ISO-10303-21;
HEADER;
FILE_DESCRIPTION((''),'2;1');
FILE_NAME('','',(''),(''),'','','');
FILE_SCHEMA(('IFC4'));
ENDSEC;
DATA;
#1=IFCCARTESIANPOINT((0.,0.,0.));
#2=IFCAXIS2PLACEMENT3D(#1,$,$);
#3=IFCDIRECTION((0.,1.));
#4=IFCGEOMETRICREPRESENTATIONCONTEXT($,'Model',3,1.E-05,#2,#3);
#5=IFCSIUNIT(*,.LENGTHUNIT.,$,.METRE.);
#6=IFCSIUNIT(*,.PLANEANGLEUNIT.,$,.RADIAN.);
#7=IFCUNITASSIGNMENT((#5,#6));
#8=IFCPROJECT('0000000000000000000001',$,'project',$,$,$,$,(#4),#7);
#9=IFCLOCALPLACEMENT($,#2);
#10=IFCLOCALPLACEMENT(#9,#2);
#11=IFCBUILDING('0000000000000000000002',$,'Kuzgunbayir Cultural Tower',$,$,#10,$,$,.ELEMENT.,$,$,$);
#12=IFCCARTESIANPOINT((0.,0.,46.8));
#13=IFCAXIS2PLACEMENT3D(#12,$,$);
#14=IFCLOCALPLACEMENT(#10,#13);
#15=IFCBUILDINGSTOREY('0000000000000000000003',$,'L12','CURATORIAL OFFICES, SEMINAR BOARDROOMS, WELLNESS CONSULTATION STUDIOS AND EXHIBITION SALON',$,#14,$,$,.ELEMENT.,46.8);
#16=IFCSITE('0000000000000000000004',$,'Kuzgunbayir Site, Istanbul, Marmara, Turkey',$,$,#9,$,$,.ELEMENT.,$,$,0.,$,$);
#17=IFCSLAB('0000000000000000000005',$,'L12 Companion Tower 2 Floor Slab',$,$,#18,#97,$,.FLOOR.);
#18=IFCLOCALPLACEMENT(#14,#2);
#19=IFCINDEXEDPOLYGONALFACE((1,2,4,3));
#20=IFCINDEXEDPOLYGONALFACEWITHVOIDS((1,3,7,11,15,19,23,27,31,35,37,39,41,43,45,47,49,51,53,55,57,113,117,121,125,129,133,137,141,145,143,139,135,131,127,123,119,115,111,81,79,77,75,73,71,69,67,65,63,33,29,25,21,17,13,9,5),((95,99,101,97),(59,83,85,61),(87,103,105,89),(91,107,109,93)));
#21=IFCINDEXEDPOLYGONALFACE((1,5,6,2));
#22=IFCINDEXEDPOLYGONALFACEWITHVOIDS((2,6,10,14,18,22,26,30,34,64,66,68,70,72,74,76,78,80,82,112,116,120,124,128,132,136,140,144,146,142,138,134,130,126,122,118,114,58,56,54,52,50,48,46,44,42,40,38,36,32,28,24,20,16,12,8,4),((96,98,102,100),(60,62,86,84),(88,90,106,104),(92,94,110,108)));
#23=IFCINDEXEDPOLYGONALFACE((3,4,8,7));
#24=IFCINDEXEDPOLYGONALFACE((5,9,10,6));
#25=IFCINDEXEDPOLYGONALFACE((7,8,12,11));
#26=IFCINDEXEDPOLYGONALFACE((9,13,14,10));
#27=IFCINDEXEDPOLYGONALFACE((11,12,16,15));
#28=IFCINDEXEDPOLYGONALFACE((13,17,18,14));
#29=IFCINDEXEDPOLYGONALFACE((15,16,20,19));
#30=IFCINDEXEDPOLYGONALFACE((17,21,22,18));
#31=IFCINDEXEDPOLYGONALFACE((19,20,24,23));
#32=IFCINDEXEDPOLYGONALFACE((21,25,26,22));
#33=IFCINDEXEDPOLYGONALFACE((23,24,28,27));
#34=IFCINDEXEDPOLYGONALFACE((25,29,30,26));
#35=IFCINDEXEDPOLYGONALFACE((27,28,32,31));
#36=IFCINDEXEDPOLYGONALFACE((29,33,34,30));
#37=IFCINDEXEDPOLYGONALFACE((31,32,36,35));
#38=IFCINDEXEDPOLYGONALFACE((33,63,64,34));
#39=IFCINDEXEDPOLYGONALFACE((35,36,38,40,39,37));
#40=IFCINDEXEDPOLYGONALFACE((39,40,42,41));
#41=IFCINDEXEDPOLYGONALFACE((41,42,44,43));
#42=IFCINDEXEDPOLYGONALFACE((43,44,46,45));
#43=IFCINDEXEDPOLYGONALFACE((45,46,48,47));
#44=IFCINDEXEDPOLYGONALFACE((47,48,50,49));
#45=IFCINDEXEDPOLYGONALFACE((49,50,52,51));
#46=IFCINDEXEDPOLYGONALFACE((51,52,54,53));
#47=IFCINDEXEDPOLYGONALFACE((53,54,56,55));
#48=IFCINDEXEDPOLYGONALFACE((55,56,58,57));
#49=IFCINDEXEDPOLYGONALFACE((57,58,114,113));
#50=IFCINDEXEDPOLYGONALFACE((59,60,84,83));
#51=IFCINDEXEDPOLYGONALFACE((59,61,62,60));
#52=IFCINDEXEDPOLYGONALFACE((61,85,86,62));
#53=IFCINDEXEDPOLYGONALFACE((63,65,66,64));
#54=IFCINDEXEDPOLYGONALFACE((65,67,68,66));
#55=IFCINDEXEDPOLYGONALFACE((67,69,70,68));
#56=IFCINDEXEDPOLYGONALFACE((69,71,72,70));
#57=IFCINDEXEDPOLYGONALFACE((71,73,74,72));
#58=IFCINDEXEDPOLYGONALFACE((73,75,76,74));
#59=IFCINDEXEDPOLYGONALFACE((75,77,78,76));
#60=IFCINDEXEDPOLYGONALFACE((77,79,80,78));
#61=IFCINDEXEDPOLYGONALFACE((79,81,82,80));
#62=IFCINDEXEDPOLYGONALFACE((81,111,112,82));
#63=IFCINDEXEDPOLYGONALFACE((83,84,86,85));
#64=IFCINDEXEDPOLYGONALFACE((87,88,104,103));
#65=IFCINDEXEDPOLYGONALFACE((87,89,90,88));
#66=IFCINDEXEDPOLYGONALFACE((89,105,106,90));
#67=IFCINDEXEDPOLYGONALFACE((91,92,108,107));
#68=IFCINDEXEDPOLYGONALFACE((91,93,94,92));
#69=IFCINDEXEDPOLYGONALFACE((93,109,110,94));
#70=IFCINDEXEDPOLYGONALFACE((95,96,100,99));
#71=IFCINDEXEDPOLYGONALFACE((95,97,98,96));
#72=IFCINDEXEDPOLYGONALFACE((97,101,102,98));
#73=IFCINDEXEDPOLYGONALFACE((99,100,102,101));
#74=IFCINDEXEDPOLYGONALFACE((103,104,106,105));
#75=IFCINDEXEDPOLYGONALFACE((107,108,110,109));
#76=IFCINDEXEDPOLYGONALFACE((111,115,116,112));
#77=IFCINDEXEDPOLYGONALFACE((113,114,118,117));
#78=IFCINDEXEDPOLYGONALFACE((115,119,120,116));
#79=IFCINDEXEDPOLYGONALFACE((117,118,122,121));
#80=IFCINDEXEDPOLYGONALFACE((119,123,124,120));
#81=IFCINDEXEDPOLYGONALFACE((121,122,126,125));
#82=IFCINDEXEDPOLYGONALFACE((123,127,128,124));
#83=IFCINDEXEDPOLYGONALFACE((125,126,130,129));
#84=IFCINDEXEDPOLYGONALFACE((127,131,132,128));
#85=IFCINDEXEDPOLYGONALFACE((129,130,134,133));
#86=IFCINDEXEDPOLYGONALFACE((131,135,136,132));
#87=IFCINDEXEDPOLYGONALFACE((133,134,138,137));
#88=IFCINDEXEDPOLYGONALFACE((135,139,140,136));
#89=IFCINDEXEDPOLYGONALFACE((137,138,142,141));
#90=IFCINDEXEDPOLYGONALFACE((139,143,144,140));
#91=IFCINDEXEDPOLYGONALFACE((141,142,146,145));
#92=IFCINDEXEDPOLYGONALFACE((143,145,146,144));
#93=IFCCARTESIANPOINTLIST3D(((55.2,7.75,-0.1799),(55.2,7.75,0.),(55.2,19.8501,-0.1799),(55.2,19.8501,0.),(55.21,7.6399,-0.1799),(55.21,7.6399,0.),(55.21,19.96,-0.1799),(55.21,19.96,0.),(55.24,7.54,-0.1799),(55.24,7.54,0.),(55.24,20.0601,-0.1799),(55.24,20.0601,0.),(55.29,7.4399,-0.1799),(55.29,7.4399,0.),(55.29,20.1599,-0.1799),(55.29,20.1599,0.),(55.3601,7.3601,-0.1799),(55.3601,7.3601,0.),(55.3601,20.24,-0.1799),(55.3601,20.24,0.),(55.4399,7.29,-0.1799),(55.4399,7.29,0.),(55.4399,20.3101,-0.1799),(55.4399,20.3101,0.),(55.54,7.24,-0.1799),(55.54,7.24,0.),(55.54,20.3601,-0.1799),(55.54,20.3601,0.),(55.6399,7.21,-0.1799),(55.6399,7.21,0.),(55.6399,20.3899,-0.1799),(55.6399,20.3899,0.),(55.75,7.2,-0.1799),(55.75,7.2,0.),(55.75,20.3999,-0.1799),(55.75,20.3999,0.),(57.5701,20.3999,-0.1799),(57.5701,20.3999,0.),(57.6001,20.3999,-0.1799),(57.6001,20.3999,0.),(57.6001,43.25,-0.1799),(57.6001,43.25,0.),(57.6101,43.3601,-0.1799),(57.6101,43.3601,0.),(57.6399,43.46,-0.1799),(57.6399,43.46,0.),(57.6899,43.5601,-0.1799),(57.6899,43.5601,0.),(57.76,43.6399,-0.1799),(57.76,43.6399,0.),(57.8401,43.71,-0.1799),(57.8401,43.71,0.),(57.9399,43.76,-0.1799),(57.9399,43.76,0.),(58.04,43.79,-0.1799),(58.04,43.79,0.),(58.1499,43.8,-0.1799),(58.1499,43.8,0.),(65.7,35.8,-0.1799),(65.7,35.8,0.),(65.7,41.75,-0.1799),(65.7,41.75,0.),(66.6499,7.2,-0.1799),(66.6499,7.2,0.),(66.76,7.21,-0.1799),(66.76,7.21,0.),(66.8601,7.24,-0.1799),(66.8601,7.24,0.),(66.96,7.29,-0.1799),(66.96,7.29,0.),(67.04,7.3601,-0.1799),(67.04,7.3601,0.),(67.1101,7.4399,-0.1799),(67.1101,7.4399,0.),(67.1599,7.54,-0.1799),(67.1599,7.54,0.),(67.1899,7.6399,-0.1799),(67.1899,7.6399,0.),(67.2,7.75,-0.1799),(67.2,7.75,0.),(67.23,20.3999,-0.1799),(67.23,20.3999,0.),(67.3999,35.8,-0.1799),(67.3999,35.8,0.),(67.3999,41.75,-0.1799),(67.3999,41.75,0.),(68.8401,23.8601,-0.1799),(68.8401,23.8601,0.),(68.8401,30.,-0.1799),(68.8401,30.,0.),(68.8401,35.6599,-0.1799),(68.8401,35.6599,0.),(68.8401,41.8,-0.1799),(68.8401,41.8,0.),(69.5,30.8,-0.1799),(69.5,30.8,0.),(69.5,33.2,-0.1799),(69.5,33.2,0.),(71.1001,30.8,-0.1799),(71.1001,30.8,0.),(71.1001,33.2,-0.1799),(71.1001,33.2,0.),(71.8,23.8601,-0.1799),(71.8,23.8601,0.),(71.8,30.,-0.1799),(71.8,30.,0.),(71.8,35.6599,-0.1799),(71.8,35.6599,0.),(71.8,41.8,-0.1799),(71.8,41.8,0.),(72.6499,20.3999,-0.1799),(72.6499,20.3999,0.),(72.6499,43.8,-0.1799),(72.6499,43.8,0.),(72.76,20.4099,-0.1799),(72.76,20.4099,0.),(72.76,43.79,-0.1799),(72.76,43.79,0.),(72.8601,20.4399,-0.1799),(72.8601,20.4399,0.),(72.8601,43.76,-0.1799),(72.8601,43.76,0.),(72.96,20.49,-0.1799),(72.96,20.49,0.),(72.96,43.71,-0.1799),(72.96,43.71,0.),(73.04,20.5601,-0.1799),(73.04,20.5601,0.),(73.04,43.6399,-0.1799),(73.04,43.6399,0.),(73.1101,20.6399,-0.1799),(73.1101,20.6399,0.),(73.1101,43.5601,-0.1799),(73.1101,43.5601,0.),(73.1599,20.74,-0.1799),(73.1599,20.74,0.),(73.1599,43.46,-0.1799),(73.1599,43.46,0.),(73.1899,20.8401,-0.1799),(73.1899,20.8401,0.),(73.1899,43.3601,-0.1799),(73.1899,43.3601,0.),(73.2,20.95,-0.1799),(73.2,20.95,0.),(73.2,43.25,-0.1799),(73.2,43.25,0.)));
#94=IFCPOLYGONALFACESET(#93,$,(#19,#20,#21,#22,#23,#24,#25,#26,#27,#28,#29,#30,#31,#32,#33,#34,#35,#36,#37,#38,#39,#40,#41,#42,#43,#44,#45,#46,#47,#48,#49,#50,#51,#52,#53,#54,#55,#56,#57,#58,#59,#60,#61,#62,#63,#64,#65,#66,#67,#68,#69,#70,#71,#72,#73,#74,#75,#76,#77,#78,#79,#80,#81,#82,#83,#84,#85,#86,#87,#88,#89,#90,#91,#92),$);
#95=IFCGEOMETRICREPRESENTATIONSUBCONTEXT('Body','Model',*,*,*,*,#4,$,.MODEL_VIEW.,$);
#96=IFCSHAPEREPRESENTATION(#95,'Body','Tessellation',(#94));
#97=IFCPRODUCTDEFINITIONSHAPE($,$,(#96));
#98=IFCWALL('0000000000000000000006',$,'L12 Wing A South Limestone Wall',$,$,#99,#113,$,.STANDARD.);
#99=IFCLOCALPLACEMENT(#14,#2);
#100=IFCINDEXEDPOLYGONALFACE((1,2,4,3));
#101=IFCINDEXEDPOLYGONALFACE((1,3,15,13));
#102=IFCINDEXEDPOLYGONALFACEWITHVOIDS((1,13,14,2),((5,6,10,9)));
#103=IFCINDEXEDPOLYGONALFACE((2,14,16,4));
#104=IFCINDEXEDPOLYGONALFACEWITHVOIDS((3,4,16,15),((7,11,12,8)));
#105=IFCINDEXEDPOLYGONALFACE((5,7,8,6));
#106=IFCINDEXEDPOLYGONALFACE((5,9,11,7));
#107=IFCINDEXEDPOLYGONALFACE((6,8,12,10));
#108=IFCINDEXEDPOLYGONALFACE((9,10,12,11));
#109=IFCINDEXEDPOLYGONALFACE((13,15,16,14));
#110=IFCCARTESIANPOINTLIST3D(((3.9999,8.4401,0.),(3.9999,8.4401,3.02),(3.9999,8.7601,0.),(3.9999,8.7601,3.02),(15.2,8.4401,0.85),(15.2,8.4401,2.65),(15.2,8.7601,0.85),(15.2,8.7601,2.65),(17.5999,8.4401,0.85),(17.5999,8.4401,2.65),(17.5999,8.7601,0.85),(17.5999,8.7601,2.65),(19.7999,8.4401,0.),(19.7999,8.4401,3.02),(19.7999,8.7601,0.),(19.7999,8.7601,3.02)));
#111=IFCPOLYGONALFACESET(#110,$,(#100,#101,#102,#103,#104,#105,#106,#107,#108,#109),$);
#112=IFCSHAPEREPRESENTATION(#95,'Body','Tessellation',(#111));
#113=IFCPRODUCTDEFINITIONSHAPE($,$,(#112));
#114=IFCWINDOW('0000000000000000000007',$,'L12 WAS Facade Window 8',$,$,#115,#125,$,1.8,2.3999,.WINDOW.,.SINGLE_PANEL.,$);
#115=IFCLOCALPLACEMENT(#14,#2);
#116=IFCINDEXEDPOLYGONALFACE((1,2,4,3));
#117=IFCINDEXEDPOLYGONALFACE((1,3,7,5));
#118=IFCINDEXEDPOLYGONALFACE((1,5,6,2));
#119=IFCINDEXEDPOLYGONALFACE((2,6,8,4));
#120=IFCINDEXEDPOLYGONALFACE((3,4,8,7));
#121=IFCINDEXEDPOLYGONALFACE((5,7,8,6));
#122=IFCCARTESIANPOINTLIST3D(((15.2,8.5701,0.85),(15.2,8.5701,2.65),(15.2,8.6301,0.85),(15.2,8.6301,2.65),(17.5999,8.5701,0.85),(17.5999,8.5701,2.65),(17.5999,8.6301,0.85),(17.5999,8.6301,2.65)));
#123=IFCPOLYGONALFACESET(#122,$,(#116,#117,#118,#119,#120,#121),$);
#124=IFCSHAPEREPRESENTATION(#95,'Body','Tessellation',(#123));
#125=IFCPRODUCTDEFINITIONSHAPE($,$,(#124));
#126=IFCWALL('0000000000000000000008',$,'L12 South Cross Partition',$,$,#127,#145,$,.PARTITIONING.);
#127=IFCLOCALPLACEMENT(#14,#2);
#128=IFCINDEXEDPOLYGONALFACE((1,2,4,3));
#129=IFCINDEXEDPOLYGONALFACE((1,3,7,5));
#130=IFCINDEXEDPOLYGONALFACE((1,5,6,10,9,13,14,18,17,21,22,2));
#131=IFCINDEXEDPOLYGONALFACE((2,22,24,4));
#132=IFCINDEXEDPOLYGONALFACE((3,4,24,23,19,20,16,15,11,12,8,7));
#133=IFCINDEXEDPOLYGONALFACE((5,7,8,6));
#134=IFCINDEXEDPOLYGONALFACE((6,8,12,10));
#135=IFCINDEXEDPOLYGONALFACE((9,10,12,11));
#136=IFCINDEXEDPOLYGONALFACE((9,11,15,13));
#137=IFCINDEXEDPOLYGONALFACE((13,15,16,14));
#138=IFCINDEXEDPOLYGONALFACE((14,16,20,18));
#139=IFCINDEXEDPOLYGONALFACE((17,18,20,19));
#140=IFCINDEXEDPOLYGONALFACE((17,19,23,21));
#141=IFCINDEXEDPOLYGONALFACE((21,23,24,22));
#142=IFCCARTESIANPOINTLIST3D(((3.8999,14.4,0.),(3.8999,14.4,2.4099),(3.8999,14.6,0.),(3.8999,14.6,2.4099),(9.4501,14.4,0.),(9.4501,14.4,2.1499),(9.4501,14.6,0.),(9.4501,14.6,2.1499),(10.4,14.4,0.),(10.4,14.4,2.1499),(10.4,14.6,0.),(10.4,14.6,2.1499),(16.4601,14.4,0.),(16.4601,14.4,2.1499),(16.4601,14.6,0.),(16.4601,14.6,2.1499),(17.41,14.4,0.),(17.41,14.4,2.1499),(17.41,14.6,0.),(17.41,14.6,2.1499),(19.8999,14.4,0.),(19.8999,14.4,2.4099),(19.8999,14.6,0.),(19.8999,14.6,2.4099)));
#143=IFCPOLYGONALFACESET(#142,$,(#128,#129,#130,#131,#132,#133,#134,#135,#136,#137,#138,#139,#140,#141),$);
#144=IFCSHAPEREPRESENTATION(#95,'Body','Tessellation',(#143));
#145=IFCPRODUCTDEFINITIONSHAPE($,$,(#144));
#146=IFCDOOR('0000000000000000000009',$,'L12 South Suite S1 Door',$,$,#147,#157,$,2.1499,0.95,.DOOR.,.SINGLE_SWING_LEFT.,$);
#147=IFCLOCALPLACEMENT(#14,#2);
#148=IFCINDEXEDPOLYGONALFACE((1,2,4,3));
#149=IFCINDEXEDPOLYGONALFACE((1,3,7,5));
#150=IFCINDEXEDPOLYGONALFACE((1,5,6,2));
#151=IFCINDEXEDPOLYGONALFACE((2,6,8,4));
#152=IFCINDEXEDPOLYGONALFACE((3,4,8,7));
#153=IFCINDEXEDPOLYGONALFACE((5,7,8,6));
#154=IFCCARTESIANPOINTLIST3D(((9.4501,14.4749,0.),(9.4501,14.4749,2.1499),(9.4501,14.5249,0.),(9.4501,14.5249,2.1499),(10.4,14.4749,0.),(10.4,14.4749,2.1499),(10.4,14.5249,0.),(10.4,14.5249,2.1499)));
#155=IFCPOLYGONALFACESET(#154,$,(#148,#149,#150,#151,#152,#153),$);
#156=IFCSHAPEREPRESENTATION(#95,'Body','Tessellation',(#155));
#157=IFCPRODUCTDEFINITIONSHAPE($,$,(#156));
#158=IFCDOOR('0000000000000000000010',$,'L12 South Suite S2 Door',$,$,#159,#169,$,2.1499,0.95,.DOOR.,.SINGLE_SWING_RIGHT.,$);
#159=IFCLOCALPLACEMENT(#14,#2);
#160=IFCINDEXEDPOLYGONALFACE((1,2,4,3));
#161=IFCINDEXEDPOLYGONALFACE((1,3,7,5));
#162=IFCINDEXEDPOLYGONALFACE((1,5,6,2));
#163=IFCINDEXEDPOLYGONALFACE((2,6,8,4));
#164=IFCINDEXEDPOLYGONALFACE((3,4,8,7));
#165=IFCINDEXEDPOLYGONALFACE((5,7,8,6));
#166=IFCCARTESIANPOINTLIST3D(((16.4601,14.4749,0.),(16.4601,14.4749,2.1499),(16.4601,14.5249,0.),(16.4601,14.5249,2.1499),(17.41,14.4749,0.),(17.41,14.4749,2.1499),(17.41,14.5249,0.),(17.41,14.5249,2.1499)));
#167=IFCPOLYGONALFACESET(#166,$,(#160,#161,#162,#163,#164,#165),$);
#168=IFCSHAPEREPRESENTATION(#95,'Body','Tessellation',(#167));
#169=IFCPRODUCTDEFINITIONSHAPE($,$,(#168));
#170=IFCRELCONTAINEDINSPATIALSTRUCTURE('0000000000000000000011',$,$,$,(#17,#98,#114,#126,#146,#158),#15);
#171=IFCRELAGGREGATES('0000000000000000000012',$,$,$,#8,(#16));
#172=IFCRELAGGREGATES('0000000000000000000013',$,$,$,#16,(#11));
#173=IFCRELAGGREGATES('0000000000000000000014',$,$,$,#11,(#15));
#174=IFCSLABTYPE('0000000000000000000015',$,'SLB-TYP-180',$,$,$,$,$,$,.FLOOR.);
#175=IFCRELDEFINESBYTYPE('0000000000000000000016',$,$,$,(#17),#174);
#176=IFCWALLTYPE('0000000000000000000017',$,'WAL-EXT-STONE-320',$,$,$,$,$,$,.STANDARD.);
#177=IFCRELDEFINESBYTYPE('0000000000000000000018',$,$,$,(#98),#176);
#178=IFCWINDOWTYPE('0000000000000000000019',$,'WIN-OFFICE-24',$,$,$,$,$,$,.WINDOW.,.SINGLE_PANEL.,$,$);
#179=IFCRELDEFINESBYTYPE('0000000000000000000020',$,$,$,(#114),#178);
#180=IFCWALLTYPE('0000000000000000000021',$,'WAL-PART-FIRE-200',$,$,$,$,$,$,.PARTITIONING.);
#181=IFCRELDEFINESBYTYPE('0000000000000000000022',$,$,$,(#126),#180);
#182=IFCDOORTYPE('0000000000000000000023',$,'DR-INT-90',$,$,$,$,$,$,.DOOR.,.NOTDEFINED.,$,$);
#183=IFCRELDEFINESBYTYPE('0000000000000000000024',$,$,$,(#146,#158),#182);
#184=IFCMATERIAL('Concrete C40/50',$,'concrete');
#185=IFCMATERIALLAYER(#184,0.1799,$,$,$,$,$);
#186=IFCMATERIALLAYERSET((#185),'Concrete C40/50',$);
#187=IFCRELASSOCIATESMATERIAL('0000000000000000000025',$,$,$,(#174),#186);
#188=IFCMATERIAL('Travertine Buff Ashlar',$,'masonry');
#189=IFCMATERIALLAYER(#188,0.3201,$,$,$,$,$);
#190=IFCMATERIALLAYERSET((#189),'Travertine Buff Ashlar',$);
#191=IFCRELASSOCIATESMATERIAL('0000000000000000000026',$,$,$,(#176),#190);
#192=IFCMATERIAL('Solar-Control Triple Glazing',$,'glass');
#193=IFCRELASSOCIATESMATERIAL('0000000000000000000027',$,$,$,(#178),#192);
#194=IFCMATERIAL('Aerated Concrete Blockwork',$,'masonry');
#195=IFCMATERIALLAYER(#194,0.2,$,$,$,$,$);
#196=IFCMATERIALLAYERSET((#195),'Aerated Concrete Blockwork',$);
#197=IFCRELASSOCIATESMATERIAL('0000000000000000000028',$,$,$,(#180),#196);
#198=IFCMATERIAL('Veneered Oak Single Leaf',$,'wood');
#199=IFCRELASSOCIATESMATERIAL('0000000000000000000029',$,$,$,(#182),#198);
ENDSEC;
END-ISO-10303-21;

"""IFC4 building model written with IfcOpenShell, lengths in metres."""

from ifc_helpers import new_model, si_unit, direction, frame, frame_2d, origin, place, context, subcontext, project, spatial, polyline, rectangle, outline, extrude, material, layer, layer_set, type_object, element, fill, save


model = new_model("IFC4")

# Units and contexts
model_context = context("Model", 3, precision=1e-05, world=origin(), true_north=direction((0.0, 1.0)))
body_context = subcontext(model_context, "Body", "Model", "MODEL_VIEW")
ifc_project = project(units=[si_unit("LENGTHUNIT", "METRE"), si_unit("PLANEANGLEUNIT", "RADIAN")], contexts=[model_context])

# Site, building, storey
site_placement = place(None, origin())
site = spatial("IfcSite", under=ifc_project, at=site_placement, Name="Kuzgunbayir Site, Istanbul, Marmara, Turkey", CompositionType="ELEMENT", RefElevation=0.0)
building_placement = place(site_placement, origin())
building = spatial("IfcBuilding", under=site, at=building_placement, Name="Kuzgunbayir Cultural Tower", CompositionType="ELEMENT")
storey_placement = place(building_placement, frame((0.0, 0.0, 46.8)))
storey = spatial("IfcBuildingStorey", under=building, at=storey_placement, Name="L12", Description="CURATORIAL OFFICES, SEMINAR BOARDROOMS, WELLNESS CONSULTATION STUDIOS AND EXHIBITION SALON", CompositionType="ELEMENT", Elevation=46.8)

# Shared definitions
ifc_material_1 = material(Name="Concrete C40/50", Category="concrete")

# Slab
ifc_layer_1 = layer(ifc_material_1, 0.1799)
ifc_layer_set_1 = layer_set([ifc_layer_1], Name="Concrete C40/50")
slab_type_1 = type_object("IfcSlabType", Name="SLB-TYP-180", PredefinedType="FLOOR", material=ifc_layer_set_1)
slab_1_placement = place(storey_placement, frame((0.0, 0.0, -0.1799)))
element("IfcSlab", 1, at=slab_1_placement, inside=storey, type_object=slab_type_1, Name="L12 Companion Tower 2 Floor Slab", PredefinedType="FLOOR", context=body_context, shape_type="SweptSolid", body=[
    extrude(outline(polyline([(57.6001, 20.3999), (57.6001, 43.25), (57.6101, 43.3601), (57.6399, 43.46), (57.6899, 43.5601), (57.76, 43.6399), (57.8401, 43.71), (57.9399, 43.76), (58.04, 43.79), (58.1499, 43.8), (72.6499, 43.8), (72.76, 43.79), (72.8601, 43.76), (72.96, 43.71), (73.04, 43.6399), (73.1101, 43.5601), (73.1599, 43.46), (73.1899, 43.3601), (73.2, 43.25), (73.2, 20.95), (73.1899, 20.8401), (73.1599, 20.74), (73.1101, 20.6399), (73.04, 20.5601), (72.96, 20.49), (72.8601, 20.4399), (72.76, 20.4099), (72.6499, 20.3999), (67.23, 20.3999), (67.2, 7.75), (67.1899, 7.6399), (67.1599, 7.54), (67.1101, 7.4399), (67.04, 7.3601), (66.96, 7.29), (66.8601, 7.24), (66.76, 7.21), (66.6499, 7.2), (55.75, 7.2), (55.6399, 7.21), (55.54, 7.24), (55.4399, 7.29), (55.3601, 7.3601), (55.29, 7.4399), (55.24, 7.54), (55.21, 7.6399), (55.2, 7.75), (55.2, 19.8501), (55.21, 19.96), (55.24, 20.0601), (55.29, 20.1599), (55.3601, 20.24), (55.4399, 20.3101), (55.54, 20.3601), (55.6399, 20.3899), (55.75, 20.3999), (57.5701, 20.3999), (57.6001, 20.3999)]), holes=[polyline([(68.8401, 23.8601), (68.8401, 30.0), (71.8, 30.0), (71.8, 23.8601), (68.8401, 23.8601)]), polyline([(68.8401, 35.6599), (68.8401, 41.8), (71.8, 41.8), (71.8, 35.6599), (68.8401, 35.6599)]), polyline([(65.7, 35.8), (65.7, 41.75), (67.3999, 41.75), (67.3999, 35.8), (65.7, 35.8)]), polyline([(69.5, 30.8), (69.5, 33.2), (71.1001, 33.2), (71.1001, 30.8), (69.5, 30.8)])]), origin(), (0.0, 0.0, 1.0), 0.1799),
])

# Wall, opening, window
ifc_material_2 = material(Name="Travertine Buff Ashlar", Category="masonry")
ifc_layer_2 = layer(ifc_material_2, 0.3201)
ifc_layer_set_2 = layer_set([ifc_layer_2], Name="Travertine Buff Ashlar")
wall_type_1 = type_object("IfcWallType", Name="WAL-EXT-STONE-320", PredefinedType="STANDARD", material=ifc_layer_set_2)
wall_1_placement = place(storey_placement, frame((4.0, 8.6001, 0.0), z_axis=(0.0, 0.0, 1.0), x_axis=(1.0, 0.0, 0.0)))
wall_1 = element("IfcWall", 2, at=wall_1_placement, inside=storey, type_object=wall_type_1, Name="L12 Wing A South Limestone Wall", PredefinedType="STANDARD", context=body_context, shape_type="SweptSolid", body=[
    extrude(rectangle(XDim=15.8, YDim=0.3201, at=frame_2d((7.8999, 0.0))), origin(), (0.0, 0.0, 1.0), 3.02),
])
opening_1_placement = place(wall_1_placement, frame((11.2, 0.0, 0.8501)))
opening_1 = element("IfcOpeningElement", 3, at=opening_1_placement, cuts=wall_1, PredefinedType="OPENING", context=body_context, shape_type="SweptSolid", body=[
    extrude(rectangle(XDim=2.3999, YDim=1.8, at=frame_2d((1.2, 0.8999))), frame((0.0, 0.1699, 0.0), z_axis=(0.0, -1.0, 0.0), x_axis=(1.0, 0.0, 0.0)), (0.0, 0.0, 1.0), 0.3401),
])
ifc_material_3 = material(Name="Solar-Control Triple Glazing", Category="glass")
window_type = type_object("IfcWindowType", Name="WIN-OFFICE-24", PartitioningType="SINGLE_PANEL", PredefinedType="WINDOW", material=ifc_material_3)
window_placement = place(opening_1_placement, origin())
window = element("IfcWindow", 4, at=window_placement, inside=storey, type_object=window_type, Name="L12 WAS Facade Window 8", OverallHeight=1.8, OverallWidth=2.3999, PartitioningType="SINGLE_PANEL", PredefinedType="WINDOW", context=body_context, shape_type="SweptSolid", body=[
    extrude(rectangle(XDim=2.3999, YDim=1.8, at=frame_2d((1.2, 0.8999))), frame((0.0, 0.03, 0.0), z_axis=(0.0, -1.0, 0.0), x_axis=(1.0, 0.0, 0.0)), (0.0, 0.0, 1.0), 0.0601),
])
fill(opening_1, window)

# Wall, openings, doors
ifc_material_4 = material(Name="Aerated Concrete Blockwork", Category="masonry")
ifc_layer_3 = layer(ifc_material_4, 0.2)
ifc_layer_set_3 = layer_set([ifc_layer_3], Name="Aerated Concrete Blockwork")
wall_type_2 = type_object("IfcWallType", Name="WAL-PART-FIRE-200", PredefinedType="PARTITIONING", material=ifc_layer_set_3)
wall_2_placement = place(storey_placement, frame((3.8999, 14.5, 0.0), z_axis=(0.0, 0.0, 1.0), x_axis=(1.0, 0.0, 0.0)))
wall_2 = element("IfcWall", 5, at=wall_2_placement, inside=storey, type_object=wall_type_2, Name="L12 South Cross Partition", PredefinedType="PARTITIONING", context=body_context, shape_type="SweptSolid", body=[
    extrude(rectangle(XDim=16.0, YDim=0.2, at=frame_2d((8.0, 0.0))), origin(), (0.0, 0.0, 1.0), 2.4099),
])
opening_2_placement = place(wall_2_placement, frame((5.55, 0.0, 0.0)))
opening_2 = element("IfcOpeningElement", 6, at=opening_2_placement, cuts=wall_2, PredefinedType="OPENING", context=body_context, shape_type="SweptSolid", body=[
    extrude(rectangle(XDim=0.95, YDim=2.1499, at=frame_2d((0.4751, 1.075))), frame((0.0, 0.1099, 0.0), z_axis=(0.0, -1.0, 0.0), x_axis=(1.0, 0.0, 0.0)), (0.0, 0.0, 1.0), 0.22),
])
opening_3_placement = place(wall_2_placement, frame((12.5601, 0.0, 0.0)))
opening_3 = element("IfcOpeningElement", 7, at=opening_3_placement, cuts=wall_2, PredefinedType="OPENING", context=body_context, shape_type="SweptSolid", body=[
    extrude(rectangle(XDim=0.95, YDim=2.1499, at=frame_2d((0.4751, 1.075))), frame((0.0, 0.1099, 0.0), z_axis=(0.0, -1.0, 0.0), x_axis=(1.0, 0.0, 0.0)), (0.0, 0.0, 1.0), 0.22),
])
ifc_material_5 = material(Name="Veneered Oak Single Leaf", Category="wood")
door_type = type_object("IfcDoorType", Name="DR-INT-90", OperationType="NOTDEFINED", PredefinedType="DOOR", material=ifc_material_5)
door_1_placement = place(opening_2_placement, origin())
door_1 = element("IfcDoor", 8, at=door_1_placement, inside=storey, type_object=door_type, Name="L12 South Suite S1 Door", OperationType="SINGLE_SWING_LEFT", OverallHeight=2.1499, OverallWidth=0.95, PredefinedType="DOOR", context=body_context, shape_type="SweptSolid", body=[
    extrude(rectangle(XDim=0.95, YDim=2.1499, at=frame_2d((0.4751, 1.075))), frame((0.0, 0.0249, 0.0), z_axis=(0.0, -1.0, 0.0), x_axis=(1.0, 0.0, 0.0)), (0.0, 0.0, 1.0), 0.05),
])
fill(opening_2, door_1)
door_2_placement = place(opening_3_placement, origin())
door_2 = element("IfcDoor", 9, at=door_2_placement, inside=storey, type_object=door_type, Name="L12 South Suite S2 Door", OperationType="SINGLE_SWING_RIGHT", OverallHeight=2.1499, OverallWidth=0.95, PredefinedType="DOOR", context=body_context, shape_type="SweptSolid", body=[
    extrude(rectangle(XDim=0.95, YDim=2.1499, at=frame_2d((0.4751, 1.075))), frame((0.0, 0.0249, 0.0), z_axis=(0.0, -1.0, 0.0), x_axis=(1.0, 0.0, 0.0)), (0.0, 0.0, 1.0), 0.05),
])
fill(opening_3, door_2)

save(model, "model.ifc")
